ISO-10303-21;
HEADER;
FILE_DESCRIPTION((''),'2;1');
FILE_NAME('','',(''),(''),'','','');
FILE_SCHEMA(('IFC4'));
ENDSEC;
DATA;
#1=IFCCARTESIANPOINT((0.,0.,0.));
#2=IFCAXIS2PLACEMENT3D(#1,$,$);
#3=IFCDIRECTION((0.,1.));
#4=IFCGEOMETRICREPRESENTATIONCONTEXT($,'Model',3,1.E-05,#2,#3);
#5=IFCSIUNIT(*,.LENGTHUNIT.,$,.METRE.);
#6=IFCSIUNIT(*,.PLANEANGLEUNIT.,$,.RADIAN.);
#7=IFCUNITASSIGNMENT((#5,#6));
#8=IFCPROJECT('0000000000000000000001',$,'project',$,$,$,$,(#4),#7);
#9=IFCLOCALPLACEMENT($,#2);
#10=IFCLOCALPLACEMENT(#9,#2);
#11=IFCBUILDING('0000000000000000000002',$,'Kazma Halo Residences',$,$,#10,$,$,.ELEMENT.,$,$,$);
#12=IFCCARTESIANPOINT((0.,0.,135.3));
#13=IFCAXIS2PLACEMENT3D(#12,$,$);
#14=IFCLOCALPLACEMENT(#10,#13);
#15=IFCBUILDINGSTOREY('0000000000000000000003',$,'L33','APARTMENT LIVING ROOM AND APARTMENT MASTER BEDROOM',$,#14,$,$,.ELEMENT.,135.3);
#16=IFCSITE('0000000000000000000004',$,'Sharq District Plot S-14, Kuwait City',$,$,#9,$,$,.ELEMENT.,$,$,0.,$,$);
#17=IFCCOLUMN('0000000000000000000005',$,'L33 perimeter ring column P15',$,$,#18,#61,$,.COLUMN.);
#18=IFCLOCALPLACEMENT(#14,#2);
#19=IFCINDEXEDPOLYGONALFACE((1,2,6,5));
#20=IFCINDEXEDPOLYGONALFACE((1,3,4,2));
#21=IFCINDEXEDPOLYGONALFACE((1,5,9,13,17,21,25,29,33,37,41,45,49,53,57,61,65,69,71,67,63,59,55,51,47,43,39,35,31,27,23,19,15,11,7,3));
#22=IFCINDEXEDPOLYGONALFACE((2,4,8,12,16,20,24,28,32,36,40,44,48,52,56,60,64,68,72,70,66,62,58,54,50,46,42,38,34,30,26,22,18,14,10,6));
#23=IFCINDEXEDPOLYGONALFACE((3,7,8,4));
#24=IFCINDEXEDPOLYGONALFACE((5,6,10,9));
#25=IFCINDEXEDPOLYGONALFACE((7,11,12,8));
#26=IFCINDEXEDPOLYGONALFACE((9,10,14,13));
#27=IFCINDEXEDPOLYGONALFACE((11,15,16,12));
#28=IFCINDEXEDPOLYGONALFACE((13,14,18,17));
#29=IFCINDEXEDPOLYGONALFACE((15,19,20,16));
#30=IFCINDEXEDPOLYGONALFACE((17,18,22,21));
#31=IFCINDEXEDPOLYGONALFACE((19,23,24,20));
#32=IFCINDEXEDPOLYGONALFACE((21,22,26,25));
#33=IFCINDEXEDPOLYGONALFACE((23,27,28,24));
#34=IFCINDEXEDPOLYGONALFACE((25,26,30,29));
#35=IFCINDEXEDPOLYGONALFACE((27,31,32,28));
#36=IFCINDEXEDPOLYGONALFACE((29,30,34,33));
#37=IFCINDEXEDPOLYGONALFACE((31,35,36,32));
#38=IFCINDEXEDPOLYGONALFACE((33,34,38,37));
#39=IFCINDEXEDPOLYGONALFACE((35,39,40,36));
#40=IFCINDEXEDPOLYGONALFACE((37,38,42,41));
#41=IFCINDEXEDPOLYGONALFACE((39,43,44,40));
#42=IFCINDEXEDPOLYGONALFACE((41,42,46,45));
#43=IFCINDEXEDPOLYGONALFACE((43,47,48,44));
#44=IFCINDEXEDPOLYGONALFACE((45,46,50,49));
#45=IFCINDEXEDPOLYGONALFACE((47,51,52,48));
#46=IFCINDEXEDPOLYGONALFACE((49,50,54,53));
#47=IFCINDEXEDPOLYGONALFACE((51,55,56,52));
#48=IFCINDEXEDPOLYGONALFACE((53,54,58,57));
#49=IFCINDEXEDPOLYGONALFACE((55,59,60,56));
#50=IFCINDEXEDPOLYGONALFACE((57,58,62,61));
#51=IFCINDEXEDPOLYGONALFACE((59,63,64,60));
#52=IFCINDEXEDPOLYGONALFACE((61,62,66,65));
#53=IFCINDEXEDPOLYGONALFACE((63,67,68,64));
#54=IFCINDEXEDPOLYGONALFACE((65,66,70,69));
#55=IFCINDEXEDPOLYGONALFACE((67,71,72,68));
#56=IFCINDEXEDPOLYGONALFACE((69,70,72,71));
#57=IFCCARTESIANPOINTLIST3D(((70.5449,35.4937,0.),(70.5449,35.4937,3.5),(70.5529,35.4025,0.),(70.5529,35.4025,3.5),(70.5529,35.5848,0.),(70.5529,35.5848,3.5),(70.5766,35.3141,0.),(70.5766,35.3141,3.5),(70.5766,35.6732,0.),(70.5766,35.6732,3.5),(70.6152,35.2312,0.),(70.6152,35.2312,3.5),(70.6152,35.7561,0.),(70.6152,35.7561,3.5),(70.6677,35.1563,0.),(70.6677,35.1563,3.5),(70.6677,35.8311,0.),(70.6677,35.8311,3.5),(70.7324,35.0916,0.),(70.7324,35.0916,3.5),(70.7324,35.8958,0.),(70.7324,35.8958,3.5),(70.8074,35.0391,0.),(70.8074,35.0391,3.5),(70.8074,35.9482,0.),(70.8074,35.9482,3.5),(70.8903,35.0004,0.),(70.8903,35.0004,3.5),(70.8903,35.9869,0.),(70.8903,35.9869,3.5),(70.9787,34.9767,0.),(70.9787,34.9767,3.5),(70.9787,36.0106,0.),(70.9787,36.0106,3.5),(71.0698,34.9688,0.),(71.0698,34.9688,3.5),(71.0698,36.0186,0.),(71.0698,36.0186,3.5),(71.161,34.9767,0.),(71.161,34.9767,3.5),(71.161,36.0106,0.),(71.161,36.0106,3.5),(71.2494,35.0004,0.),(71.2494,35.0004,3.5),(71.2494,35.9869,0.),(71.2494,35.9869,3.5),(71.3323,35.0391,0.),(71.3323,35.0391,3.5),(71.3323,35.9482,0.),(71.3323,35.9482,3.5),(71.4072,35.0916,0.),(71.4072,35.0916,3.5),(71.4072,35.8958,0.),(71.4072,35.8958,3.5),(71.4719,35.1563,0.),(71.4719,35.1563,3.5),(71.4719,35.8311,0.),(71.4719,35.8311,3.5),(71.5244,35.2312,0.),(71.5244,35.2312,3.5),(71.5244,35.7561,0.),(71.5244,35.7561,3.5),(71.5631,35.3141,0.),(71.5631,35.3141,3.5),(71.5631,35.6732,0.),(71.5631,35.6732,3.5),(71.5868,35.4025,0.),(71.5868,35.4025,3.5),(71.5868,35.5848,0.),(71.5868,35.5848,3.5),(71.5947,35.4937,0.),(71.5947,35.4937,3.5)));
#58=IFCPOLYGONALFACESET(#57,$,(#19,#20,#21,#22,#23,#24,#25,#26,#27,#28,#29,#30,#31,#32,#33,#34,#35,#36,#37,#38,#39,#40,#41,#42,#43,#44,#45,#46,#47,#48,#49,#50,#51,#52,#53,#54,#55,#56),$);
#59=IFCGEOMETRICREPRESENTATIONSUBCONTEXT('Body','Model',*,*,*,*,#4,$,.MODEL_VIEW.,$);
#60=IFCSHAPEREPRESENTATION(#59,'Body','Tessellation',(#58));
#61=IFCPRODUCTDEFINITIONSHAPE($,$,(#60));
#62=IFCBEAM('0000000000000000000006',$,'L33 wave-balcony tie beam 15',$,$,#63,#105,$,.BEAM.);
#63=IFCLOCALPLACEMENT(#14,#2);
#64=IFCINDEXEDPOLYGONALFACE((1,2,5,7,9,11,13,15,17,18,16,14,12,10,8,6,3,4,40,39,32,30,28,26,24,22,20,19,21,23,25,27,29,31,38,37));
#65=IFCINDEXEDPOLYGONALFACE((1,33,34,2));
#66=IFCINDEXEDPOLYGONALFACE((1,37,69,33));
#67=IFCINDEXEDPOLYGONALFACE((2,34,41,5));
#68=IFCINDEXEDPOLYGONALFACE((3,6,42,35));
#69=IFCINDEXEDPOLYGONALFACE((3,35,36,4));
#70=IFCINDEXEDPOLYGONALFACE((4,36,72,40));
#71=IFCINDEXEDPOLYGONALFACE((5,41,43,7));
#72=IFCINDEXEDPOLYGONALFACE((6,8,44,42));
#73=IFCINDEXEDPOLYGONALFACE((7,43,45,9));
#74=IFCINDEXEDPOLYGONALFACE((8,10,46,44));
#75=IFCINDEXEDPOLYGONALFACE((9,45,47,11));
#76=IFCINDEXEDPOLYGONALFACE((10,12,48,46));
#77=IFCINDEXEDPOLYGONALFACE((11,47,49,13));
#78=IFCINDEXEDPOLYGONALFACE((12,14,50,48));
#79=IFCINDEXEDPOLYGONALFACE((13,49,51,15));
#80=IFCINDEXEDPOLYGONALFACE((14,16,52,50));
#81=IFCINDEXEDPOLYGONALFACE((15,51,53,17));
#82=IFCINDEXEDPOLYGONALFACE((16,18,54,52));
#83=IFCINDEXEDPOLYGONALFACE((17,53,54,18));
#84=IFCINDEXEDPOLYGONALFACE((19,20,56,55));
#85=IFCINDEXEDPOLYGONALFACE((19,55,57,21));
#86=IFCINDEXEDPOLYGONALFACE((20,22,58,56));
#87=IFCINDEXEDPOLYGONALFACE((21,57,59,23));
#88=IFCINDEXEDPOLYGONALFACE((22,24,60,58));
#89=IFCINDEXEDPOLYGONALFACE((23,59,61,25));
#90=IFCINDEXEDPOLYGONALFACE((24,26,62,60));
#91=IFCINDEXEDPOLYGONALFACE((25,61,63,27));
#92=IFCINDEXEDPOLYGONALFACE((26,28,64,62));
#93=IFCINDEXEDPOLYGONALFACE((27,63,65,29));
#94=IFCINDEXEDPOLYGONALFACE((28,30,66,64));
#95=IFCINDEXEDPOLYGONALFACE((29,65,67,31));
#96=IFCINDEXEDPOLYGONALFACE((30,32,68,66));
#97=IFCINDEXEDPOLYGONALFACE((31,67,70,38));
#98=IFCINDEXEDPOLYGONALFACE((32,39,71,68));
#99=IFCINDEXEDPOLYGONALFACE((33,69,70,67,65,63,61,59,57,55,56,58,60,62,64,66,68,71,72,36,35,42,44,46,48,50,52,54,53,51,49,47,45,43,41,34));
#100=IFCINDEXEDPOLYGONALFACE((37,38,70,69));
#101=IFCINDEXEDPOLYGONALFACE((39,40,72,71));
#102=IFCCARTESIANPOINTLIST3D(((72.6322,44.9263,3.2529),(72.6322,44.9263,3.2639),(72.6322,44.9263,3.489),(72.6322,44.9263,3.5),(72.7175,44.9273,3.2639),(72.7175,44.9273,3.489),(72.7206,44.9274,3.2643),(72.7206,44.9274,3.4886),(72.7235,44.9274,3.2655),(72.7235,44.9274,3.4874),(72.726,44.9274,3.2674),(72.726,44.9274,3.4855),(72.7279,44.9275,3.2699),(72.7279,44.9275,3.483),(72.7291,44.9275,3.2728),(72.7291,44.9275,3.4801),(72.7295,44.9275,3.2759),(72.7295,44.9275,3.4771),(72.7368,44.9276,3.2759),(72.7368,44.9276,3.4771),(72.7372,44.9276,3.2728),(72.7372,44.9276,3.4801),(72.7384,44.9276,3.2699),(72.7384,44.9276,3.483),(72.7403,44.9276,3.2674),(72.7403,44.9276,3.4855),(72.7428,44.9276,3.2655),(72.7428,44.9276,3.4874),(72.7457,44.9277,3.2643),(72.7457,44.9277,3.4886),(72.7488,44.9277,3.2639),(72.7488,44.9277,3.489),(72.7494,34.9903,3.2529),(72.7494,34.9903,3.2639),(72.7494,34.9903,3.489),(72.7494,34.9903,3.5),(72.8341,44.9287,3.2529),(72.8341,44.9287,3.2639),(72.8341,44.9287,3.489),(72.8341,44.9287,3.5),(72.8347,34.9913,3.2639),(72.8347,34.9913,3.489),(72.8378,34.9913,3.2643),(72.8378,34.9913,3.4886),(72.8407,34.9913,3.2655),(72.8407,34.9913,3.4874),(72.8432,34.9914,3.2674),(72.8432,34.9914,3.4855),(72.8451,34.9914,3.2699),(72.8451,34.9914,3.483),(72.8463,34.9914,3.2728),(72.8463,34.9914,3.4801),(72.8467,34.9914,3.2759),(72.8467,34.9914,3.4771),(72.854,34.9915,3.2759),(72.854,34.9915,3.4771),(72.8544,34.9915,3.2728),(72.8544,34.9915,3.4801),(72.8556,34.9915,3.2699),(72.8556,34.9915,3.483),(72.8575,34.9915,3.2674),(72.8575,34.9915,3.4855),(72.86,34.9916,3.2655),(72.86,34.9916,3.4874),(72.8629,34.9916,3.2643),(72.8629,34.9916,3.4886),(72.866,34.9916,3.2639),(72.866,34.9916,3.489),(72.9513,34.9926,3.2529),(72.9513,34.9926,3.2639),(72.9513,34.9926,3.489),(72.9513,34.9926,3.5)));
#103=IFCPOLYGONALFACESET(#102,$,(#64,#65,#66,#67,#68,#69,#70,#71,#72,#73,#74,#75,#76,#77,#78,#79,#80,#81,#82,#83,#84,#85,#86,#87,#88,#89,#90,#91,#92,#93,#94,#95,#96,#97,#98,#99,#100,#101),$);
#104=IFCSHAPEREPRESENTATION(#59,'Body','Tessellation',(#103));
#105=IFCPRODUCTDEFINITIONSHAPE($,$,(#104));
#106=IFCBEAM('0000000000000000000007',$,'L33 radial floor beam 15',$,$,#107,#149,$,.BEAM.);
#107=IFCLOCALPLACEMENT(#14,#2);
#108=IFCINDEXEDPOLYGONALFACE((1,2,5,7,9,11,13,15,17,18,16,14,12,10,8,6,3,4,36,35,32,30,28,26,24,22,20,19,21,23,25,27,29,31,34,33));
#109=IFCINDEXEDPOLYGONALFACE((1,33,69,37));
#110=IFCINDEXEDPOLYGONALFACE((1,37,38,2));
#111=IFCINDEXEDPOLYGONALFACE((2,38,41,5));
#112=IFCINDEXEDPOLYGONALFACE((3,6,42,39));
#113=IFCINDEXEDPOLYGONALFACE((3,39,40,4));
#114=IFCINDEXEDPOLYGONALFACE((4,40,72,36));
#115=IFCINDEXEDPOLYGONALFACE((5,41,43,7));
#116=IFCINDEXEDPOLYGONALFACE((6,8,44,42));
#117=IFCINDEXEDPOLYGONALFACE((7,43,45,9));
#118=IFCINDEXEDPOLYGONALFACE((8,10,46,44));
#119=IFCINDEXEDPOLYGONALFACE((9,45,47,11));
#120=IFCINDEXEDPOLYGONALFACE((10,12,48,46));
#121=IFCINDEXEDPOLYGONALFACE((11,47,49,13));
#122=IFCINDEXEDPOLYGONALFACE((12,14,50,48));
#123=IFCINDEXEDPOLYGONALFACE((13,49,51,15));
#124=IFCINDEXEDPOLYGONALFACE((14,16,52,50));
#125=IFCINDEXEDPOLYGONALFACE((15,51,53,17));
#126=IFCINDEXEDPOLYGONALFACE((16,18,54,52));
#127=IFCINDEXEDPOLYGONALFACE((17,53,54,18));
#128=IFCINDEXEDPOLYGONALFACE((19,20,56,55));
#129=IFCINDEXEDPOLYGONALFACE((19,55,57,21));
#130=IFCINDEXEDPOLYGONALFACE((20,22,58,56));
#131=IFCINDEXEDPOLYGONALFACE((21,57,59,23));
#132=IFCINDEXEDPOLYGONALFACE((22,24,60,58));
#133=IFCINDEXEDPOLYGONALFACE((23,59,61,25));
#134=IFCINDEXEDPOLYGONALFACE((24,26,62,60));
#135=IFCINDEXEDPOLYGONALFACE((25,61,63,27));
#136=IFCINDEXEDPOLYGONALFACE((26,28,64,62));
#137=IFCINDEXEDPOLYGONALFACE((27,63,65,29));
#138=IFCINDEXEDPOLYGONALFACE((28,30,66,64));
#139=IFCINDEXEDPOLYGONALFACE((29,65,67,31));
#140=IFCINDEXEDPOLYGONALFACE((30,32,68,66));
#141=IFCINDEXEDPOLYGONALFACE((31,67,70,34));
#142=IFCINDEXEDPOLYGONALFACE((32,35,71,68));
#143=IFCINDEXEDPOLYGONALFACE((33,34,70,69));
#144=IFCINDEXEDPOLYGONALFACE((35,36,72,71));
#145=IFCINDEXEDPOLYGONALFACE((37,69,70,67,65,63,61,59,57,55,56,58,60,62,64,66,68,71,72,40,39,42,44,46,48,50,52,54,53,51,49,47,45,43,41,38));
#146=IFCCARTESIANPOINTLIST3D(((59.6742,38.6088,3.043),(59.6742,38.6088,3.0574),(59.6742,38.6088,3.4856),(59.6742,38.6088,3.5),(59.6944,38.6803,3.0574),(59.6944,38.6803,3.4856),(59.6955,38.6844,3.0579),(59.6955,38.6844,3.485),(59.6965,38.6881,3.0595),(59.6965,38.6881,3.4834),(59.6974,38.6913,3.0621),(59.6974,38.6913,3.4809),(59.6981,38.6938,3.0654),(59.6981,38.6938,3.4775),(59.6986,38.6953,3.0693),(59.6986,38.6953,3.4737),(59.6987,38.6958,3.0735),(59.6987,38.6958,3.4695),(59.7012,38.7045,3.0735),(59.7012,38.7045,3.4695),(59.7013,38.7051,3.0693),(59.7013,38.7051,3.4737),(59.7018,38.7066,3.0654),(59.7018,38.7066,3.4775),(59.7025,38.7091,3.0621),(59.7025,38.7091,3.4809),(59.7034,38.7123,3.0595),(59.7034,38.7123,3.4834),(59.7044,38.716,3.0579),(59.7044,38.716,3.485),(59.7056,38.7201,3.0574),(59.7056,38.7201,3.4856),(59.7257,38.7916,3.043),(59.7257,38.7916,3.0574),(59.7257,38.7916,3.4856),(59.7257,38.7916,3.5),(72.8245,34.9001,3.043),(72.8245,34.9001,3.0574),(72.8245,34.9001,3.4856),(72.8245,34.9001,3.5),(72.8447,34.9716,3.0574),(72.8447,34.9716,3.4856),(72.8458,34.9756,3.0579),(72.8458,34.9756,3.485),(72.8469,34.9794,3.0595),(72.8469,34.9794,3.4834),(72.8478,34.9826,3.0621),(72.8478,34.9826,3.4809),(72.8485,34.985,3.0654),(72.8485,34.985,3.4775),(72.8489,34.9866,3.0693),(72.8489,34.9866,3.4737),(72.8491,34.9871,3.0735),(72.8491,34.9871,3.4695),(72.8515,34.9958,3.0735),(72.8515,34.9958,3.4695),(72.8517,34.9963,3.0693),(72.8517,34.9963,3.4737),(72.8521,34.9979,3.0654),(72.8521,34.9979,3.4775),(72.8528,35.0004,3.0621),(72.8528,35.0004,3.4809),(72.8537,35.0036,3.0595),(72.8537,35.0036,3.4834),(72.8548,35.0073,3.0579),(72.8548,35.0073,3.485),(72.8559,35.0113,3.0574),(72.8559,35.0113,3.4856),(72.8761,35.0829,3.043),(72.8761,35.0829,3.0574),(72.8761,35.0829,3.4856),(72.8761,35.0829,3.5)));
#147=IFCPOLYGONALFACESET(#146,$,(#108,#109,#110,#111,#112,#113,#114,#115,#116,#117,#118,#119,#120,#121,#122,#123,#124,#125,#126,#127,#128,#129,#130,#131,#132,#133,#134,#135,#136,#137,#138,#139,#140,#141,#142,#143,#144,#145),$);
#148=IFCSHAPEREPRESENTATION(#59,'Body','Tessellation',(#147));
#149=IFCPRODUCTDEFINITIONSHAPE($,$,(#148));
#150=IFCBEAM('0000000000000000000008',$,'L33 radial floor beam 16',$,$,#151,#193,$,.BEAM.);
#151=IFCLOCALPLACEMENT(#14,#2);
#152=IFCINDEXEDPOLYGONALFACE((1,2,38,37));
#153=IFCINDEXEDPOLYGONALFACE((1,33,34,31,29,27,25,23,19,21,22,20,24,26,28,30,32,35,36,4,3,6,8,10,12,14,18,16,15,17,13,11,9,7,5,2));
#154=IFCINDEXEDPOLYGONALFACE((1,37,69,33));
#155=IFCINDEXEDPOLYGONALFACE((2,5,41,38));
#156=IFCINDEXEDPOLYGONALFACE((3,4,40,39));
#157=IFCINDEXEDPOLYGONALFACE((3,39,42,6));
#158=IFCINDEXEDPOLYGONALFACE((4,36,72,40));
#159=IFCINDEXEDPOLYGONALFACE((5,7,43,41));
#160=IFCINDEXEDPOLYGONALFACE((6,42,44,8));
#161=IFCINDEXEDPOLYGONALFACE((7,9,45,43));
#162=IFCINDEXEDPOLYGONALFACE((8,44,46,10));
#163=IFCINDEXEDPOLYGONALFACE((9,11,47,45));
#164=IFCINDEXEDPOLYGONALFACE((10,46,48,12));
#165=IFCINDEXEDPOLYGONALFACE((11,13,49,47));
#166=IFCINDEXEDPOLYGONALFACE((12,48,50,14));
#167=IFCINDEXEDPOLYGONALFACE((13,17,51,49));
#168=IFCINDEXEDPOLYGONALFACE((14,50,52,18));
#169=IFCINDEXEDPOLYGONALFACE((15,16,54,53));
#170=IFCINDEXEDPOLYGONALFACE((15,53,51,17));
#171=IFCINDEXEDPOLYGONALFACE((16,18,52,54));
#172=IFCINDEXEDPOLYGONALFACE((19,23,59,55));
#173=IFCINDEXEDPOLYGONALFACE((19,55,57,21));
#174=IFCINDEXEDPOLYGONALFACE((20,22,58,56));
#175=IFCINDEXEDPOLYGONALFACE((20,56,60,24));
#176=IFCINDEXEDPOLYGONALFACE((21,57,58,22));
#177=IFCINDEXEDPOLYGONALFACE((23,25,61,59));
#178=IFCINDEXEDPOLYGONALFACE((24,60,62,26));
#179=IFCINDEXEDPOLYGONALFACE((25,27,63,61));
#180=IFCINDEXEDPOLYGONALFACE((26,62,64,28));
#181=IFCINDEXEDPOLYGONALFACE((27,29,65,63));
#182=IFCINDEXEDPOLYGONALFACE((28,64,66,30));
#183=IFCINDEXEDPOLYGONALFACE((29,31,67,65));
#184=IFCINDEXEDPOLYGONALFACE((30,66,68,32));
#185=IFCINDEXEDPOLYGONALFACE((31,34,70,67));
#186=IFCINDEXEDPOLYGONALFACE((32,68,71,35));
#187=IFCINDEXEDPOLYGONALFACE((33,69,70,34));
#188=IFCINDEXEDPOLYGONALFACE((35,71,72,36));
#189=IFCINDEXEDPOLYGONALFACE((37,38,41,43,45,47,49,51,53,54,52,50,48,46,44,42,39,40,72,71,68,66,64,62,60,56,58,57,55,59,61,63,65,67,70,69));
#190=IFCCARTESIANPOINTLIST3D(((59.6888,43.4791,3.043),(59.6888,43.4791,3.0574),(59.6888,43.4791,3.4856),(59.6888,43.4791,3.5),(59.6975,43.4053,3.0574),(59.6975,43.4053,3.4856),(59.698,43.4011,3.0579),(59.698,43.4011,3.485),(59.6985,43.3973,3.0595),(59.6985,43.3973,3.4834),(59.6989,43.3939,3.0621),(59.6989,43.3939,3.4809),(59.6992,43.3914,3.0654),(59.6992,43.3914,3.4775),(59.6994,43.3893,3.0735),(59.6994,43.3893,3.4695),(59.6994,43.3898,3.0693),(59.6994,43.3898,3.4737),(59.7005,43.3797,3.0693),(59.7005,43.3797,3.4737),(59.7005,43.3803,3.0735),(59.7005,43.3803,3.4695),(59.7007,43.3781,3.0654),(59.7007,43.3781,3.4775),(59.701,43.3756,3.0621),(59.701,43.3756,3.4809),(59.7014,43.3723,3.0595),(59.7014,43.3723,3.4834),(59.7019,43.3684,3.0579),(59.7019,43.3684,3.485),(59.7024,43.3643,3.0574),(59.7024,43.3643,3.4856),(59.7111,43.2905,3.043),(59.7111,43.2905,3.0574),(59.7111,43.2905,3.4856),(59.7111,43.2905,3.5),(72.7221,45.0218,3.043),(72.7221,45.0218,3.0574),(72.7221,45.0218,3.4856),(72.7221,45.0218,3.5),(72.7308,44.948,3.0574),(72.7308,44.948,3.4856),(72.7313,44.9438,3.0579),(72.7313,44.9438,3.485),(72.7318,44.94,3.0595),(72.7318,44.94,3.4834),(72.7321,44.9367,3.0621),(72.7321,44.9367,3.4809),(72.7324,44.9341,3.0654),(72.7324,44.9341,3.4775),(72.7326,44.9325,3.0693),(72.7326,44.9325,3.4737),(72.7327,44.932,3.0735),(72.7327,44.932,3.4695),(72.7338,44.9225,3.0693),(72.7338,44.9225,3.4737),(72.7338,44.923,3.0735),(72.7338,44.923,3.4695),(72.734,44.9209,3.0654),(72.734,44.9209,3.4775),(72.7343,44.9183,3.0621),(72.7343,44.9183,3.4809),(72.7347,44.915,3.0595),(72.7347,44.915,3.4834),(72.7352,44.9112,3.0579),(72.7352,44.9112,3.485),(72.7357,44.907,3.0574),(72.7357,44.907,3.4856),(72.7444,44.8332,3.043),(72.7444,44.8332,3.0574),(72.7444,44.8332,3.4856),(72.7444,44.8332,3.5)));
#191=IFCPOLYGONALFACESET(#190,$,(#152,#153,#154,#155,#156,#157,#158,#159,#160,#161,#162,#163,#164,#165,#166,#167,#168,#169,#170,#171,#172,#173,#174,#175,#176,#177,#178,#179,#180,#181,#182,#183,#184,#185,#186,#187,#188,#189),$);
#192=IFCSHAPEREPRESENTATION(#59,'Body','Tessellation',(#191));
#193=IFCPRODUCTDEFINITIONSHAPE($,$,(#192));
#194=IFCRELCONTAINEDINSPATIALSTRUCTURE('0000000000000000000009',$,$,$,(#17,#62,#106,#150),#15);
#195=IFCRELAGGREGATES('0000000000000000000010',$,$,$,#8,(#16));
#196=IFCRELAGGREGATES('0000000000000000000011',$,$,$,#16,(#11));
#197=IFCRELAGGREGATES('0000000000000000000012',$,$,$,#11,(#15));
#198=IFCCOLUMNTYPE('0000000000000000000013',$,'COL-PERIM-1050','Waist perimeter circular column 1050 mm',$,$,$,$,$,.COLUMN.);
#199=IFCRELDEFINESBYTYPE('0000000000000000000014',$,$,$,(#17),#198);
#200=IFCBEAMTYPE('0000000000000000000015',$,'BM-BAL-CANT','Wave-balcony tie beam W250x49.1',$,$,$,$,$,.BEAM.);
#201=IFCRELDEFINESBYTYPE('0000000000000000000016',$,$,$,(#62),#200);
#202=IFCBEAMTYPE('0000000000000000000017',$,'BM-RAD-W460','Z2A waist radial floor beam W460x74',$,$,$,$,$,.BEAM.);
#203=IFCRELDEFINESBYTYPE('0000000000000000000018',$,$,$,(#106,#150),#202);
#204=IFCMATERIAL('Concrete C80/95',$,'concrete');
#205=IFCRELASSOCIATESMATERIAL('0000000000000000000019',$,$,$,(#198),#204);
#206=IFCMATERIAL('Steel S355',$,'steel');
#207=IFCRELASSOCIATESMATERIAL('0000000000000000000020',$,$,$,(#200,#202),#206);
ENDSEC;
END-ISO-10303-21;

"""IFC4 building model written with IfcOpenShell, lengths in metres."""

from ifc_helpers import new_model, si_unit, direction, frame, origin, origin_2d, place, context, subcontext, project, spatial, circle, i_section, extrude, material, material_profile, profile_set, type_object, element, save


model = new_model("IFC4")

# Units and contexts
model_context = context("Model", 3, precision=1e-05, world=origin(), true_north=direction((0.0, 1.0)))
body_context = subcontext(model_context, "Body", "Model", "MODEL_VIEW")
ifc_project = project(units=[si_unit("LENGTHUNIT", "METRE"), si_unit("PLANEANGLEUNIT", "RADIAN")], contexts=[model_context])

# Site, building, storey
site_placement = place(None, origin())
site = spatial("IfcSite", under=ifc_project, at=site_placement, Name="Sharq District Plot S-14, Kuwait City", CompositionType="ELEMENT", RefElevation=0.0)
building_placement = place(site_placement, origin())
building = spatial("IfcBuilding", under=site, at=building_placement, Name="Kazma Halo Residences", CompositionType="ELEMENT")
storey_placement = place(building_placement, frame((0.0, 0.0, 135.3)))
storey = spatial("IfcBuildingStorey", under=building, at=storey_placement, Name="L33", Description="APARTMENT LIVING ROOM AND APARTMENT MASTER BEDROOM", CompositionType="ELEMENT", Elevation=135.3)

# Column
ifc_material_1 = material(Name="Concrete C80/95", Category="concrete")
ifc_material_profile_1 = material_profile(ifc_material_1, circle(Radius=0.5249, at=origin_2d()), Name="CIRC1050")
ifc_profile_set_1 = profile_set([ifc_material_profile_1], Name="Concrete C80/95")
column_type = type_object("IfcColumnType", Name="COL-PERIM-1050", Description="Waist perimeter circular column 1050 mm", PredefinedType="COLUMN", material=ifc_profile_set_1)
column_placement = place(storey_placement, frame((71.0698, 35.4937, 0.0), z_axis=(0.0, 0.0, 1.0), x_axis=(1.0, 0.0, 0.0)))
element("IfcColumn", 1, at=column_placement, inside=storey, type_object=column_type, Name="L33 perimeter ring column P15", PredefinedType="COLUMN", context=body_context, shape_type="SweptSolid", body=[
    extrude(circle(Radius=0.5249, at=origin_2d()), origin(), (0.0, 0.0, 1.0), 3.5),
])

# Beams
ifc_material_2 = material(Name="Steel S355", Category="steel")
ifc_material_profile_2 = material_profile(ifc_material_2, i_section(OverallWidth=0.2019, OverallDepth=0.2471, WebThickness=0.0073, FlangeThickness=0.011, FilletRadius=0.012, at=origin_2d()), Name="W250x49.1")
ifc_profile_set_2 = profile_set([ifc_material_profile_2], Name="Steel S355")
beam_type_1 = type_object("IfcBeamType", Name="BM-BAL-CANT", Description="Wave-balcony tie beam W250x49.1", PredefinedType="BEAM", material=ifc_profile_set_2)
beam_1_placement = place(storey_placement, frame((72.8503, 34.9915, 3.3765), z_axis=(-0.011793, 0.99993, 0.0), x_axis=(-0.99993, -0.011793, 0.0)))
element("IfcBeam", 2, at=beam_1_placement, inside=storey, type_object=beam_type_1, Name="L33 wave-balcony tie beam 15", PredefinedType="BEAM", context=body_context, shape_type="SweptSolid", body=[
    extrude(i_section(OverallWidth=0.2019, OverallDepth=0.2471, WebThickness=0.0073, FlangeThickness=0.011, FilletRadius=0.012, at=origin_2d()), origin(), (0.0, 0.0, 1.0), 9.9368),
])
ifc_material_profile_3 = material_profile(ifc_material_2, i_section(OverallWidth=0.1899, OverallDepth=0.457, WebThickness=0.009, FlangeThickness=0.0144, FilletRadius=0.0161, at=origin_2d()), Name="W460x74")
ifc_profile_set_3 = profile_set([ifc_material_profile_3], Name="Steel S355")
beam_type_2 = type_object("IfcBeamType", Name="BM-RAD-W460", Description="Z2A waist radial floor beam W460x74", PredefinedType="BEAM", material=ifc_profile_set_3)
beam_2_placement = place(storey_placement, frame((59.7, 38.7002, 3.2715), z_axis=(0.962456, -0.271437, 0.0), x_axis=(0.271437, 0.962456, 0.0)))
element("IfcBeam", 3, at=beam_2_placement, inside=storey, type_object=beam_type_2, Name="L33 radial floor beam 15", PredefinedType="BEAM", context=body_context, shape_type="SweptSolid", body=[
    extrude(i_section(OverallWidth=0.1899, OverallDepth=0.457, WebThickness=0.009, FlangeThickness=0.0144, FilletRadius=0.0161, at=origin_2d()), origin(), (0.0, 0.0, 1.0), 13.6633),
])
beam_3_placement = place(storey_placement, frame((59.7, 43.3848, 3.2715), z_axis=(0.993067, 0.117548, 0.0), x_axis=(-0.117548, 0.993067, 0.0)))
element("IfcBeam", 4, at=beam_3_placement, inside=storey, type_object=beam_type_2, Name="L33 radial floor beam 16", PredefinedType="BEAM", context=body_context, shape_type="SweptSolid", body=[
    extrude(i_section(OverallWidth=0.1899, OverallDepth=0.457, WebThickness=0.009, FlangeThickness=0.0144, FilletRadius=0.0161, at=origin_2d()), origin(), (0.0, 0.0, 1.0), 13.1243),
])

save(model, "model.ifc")
